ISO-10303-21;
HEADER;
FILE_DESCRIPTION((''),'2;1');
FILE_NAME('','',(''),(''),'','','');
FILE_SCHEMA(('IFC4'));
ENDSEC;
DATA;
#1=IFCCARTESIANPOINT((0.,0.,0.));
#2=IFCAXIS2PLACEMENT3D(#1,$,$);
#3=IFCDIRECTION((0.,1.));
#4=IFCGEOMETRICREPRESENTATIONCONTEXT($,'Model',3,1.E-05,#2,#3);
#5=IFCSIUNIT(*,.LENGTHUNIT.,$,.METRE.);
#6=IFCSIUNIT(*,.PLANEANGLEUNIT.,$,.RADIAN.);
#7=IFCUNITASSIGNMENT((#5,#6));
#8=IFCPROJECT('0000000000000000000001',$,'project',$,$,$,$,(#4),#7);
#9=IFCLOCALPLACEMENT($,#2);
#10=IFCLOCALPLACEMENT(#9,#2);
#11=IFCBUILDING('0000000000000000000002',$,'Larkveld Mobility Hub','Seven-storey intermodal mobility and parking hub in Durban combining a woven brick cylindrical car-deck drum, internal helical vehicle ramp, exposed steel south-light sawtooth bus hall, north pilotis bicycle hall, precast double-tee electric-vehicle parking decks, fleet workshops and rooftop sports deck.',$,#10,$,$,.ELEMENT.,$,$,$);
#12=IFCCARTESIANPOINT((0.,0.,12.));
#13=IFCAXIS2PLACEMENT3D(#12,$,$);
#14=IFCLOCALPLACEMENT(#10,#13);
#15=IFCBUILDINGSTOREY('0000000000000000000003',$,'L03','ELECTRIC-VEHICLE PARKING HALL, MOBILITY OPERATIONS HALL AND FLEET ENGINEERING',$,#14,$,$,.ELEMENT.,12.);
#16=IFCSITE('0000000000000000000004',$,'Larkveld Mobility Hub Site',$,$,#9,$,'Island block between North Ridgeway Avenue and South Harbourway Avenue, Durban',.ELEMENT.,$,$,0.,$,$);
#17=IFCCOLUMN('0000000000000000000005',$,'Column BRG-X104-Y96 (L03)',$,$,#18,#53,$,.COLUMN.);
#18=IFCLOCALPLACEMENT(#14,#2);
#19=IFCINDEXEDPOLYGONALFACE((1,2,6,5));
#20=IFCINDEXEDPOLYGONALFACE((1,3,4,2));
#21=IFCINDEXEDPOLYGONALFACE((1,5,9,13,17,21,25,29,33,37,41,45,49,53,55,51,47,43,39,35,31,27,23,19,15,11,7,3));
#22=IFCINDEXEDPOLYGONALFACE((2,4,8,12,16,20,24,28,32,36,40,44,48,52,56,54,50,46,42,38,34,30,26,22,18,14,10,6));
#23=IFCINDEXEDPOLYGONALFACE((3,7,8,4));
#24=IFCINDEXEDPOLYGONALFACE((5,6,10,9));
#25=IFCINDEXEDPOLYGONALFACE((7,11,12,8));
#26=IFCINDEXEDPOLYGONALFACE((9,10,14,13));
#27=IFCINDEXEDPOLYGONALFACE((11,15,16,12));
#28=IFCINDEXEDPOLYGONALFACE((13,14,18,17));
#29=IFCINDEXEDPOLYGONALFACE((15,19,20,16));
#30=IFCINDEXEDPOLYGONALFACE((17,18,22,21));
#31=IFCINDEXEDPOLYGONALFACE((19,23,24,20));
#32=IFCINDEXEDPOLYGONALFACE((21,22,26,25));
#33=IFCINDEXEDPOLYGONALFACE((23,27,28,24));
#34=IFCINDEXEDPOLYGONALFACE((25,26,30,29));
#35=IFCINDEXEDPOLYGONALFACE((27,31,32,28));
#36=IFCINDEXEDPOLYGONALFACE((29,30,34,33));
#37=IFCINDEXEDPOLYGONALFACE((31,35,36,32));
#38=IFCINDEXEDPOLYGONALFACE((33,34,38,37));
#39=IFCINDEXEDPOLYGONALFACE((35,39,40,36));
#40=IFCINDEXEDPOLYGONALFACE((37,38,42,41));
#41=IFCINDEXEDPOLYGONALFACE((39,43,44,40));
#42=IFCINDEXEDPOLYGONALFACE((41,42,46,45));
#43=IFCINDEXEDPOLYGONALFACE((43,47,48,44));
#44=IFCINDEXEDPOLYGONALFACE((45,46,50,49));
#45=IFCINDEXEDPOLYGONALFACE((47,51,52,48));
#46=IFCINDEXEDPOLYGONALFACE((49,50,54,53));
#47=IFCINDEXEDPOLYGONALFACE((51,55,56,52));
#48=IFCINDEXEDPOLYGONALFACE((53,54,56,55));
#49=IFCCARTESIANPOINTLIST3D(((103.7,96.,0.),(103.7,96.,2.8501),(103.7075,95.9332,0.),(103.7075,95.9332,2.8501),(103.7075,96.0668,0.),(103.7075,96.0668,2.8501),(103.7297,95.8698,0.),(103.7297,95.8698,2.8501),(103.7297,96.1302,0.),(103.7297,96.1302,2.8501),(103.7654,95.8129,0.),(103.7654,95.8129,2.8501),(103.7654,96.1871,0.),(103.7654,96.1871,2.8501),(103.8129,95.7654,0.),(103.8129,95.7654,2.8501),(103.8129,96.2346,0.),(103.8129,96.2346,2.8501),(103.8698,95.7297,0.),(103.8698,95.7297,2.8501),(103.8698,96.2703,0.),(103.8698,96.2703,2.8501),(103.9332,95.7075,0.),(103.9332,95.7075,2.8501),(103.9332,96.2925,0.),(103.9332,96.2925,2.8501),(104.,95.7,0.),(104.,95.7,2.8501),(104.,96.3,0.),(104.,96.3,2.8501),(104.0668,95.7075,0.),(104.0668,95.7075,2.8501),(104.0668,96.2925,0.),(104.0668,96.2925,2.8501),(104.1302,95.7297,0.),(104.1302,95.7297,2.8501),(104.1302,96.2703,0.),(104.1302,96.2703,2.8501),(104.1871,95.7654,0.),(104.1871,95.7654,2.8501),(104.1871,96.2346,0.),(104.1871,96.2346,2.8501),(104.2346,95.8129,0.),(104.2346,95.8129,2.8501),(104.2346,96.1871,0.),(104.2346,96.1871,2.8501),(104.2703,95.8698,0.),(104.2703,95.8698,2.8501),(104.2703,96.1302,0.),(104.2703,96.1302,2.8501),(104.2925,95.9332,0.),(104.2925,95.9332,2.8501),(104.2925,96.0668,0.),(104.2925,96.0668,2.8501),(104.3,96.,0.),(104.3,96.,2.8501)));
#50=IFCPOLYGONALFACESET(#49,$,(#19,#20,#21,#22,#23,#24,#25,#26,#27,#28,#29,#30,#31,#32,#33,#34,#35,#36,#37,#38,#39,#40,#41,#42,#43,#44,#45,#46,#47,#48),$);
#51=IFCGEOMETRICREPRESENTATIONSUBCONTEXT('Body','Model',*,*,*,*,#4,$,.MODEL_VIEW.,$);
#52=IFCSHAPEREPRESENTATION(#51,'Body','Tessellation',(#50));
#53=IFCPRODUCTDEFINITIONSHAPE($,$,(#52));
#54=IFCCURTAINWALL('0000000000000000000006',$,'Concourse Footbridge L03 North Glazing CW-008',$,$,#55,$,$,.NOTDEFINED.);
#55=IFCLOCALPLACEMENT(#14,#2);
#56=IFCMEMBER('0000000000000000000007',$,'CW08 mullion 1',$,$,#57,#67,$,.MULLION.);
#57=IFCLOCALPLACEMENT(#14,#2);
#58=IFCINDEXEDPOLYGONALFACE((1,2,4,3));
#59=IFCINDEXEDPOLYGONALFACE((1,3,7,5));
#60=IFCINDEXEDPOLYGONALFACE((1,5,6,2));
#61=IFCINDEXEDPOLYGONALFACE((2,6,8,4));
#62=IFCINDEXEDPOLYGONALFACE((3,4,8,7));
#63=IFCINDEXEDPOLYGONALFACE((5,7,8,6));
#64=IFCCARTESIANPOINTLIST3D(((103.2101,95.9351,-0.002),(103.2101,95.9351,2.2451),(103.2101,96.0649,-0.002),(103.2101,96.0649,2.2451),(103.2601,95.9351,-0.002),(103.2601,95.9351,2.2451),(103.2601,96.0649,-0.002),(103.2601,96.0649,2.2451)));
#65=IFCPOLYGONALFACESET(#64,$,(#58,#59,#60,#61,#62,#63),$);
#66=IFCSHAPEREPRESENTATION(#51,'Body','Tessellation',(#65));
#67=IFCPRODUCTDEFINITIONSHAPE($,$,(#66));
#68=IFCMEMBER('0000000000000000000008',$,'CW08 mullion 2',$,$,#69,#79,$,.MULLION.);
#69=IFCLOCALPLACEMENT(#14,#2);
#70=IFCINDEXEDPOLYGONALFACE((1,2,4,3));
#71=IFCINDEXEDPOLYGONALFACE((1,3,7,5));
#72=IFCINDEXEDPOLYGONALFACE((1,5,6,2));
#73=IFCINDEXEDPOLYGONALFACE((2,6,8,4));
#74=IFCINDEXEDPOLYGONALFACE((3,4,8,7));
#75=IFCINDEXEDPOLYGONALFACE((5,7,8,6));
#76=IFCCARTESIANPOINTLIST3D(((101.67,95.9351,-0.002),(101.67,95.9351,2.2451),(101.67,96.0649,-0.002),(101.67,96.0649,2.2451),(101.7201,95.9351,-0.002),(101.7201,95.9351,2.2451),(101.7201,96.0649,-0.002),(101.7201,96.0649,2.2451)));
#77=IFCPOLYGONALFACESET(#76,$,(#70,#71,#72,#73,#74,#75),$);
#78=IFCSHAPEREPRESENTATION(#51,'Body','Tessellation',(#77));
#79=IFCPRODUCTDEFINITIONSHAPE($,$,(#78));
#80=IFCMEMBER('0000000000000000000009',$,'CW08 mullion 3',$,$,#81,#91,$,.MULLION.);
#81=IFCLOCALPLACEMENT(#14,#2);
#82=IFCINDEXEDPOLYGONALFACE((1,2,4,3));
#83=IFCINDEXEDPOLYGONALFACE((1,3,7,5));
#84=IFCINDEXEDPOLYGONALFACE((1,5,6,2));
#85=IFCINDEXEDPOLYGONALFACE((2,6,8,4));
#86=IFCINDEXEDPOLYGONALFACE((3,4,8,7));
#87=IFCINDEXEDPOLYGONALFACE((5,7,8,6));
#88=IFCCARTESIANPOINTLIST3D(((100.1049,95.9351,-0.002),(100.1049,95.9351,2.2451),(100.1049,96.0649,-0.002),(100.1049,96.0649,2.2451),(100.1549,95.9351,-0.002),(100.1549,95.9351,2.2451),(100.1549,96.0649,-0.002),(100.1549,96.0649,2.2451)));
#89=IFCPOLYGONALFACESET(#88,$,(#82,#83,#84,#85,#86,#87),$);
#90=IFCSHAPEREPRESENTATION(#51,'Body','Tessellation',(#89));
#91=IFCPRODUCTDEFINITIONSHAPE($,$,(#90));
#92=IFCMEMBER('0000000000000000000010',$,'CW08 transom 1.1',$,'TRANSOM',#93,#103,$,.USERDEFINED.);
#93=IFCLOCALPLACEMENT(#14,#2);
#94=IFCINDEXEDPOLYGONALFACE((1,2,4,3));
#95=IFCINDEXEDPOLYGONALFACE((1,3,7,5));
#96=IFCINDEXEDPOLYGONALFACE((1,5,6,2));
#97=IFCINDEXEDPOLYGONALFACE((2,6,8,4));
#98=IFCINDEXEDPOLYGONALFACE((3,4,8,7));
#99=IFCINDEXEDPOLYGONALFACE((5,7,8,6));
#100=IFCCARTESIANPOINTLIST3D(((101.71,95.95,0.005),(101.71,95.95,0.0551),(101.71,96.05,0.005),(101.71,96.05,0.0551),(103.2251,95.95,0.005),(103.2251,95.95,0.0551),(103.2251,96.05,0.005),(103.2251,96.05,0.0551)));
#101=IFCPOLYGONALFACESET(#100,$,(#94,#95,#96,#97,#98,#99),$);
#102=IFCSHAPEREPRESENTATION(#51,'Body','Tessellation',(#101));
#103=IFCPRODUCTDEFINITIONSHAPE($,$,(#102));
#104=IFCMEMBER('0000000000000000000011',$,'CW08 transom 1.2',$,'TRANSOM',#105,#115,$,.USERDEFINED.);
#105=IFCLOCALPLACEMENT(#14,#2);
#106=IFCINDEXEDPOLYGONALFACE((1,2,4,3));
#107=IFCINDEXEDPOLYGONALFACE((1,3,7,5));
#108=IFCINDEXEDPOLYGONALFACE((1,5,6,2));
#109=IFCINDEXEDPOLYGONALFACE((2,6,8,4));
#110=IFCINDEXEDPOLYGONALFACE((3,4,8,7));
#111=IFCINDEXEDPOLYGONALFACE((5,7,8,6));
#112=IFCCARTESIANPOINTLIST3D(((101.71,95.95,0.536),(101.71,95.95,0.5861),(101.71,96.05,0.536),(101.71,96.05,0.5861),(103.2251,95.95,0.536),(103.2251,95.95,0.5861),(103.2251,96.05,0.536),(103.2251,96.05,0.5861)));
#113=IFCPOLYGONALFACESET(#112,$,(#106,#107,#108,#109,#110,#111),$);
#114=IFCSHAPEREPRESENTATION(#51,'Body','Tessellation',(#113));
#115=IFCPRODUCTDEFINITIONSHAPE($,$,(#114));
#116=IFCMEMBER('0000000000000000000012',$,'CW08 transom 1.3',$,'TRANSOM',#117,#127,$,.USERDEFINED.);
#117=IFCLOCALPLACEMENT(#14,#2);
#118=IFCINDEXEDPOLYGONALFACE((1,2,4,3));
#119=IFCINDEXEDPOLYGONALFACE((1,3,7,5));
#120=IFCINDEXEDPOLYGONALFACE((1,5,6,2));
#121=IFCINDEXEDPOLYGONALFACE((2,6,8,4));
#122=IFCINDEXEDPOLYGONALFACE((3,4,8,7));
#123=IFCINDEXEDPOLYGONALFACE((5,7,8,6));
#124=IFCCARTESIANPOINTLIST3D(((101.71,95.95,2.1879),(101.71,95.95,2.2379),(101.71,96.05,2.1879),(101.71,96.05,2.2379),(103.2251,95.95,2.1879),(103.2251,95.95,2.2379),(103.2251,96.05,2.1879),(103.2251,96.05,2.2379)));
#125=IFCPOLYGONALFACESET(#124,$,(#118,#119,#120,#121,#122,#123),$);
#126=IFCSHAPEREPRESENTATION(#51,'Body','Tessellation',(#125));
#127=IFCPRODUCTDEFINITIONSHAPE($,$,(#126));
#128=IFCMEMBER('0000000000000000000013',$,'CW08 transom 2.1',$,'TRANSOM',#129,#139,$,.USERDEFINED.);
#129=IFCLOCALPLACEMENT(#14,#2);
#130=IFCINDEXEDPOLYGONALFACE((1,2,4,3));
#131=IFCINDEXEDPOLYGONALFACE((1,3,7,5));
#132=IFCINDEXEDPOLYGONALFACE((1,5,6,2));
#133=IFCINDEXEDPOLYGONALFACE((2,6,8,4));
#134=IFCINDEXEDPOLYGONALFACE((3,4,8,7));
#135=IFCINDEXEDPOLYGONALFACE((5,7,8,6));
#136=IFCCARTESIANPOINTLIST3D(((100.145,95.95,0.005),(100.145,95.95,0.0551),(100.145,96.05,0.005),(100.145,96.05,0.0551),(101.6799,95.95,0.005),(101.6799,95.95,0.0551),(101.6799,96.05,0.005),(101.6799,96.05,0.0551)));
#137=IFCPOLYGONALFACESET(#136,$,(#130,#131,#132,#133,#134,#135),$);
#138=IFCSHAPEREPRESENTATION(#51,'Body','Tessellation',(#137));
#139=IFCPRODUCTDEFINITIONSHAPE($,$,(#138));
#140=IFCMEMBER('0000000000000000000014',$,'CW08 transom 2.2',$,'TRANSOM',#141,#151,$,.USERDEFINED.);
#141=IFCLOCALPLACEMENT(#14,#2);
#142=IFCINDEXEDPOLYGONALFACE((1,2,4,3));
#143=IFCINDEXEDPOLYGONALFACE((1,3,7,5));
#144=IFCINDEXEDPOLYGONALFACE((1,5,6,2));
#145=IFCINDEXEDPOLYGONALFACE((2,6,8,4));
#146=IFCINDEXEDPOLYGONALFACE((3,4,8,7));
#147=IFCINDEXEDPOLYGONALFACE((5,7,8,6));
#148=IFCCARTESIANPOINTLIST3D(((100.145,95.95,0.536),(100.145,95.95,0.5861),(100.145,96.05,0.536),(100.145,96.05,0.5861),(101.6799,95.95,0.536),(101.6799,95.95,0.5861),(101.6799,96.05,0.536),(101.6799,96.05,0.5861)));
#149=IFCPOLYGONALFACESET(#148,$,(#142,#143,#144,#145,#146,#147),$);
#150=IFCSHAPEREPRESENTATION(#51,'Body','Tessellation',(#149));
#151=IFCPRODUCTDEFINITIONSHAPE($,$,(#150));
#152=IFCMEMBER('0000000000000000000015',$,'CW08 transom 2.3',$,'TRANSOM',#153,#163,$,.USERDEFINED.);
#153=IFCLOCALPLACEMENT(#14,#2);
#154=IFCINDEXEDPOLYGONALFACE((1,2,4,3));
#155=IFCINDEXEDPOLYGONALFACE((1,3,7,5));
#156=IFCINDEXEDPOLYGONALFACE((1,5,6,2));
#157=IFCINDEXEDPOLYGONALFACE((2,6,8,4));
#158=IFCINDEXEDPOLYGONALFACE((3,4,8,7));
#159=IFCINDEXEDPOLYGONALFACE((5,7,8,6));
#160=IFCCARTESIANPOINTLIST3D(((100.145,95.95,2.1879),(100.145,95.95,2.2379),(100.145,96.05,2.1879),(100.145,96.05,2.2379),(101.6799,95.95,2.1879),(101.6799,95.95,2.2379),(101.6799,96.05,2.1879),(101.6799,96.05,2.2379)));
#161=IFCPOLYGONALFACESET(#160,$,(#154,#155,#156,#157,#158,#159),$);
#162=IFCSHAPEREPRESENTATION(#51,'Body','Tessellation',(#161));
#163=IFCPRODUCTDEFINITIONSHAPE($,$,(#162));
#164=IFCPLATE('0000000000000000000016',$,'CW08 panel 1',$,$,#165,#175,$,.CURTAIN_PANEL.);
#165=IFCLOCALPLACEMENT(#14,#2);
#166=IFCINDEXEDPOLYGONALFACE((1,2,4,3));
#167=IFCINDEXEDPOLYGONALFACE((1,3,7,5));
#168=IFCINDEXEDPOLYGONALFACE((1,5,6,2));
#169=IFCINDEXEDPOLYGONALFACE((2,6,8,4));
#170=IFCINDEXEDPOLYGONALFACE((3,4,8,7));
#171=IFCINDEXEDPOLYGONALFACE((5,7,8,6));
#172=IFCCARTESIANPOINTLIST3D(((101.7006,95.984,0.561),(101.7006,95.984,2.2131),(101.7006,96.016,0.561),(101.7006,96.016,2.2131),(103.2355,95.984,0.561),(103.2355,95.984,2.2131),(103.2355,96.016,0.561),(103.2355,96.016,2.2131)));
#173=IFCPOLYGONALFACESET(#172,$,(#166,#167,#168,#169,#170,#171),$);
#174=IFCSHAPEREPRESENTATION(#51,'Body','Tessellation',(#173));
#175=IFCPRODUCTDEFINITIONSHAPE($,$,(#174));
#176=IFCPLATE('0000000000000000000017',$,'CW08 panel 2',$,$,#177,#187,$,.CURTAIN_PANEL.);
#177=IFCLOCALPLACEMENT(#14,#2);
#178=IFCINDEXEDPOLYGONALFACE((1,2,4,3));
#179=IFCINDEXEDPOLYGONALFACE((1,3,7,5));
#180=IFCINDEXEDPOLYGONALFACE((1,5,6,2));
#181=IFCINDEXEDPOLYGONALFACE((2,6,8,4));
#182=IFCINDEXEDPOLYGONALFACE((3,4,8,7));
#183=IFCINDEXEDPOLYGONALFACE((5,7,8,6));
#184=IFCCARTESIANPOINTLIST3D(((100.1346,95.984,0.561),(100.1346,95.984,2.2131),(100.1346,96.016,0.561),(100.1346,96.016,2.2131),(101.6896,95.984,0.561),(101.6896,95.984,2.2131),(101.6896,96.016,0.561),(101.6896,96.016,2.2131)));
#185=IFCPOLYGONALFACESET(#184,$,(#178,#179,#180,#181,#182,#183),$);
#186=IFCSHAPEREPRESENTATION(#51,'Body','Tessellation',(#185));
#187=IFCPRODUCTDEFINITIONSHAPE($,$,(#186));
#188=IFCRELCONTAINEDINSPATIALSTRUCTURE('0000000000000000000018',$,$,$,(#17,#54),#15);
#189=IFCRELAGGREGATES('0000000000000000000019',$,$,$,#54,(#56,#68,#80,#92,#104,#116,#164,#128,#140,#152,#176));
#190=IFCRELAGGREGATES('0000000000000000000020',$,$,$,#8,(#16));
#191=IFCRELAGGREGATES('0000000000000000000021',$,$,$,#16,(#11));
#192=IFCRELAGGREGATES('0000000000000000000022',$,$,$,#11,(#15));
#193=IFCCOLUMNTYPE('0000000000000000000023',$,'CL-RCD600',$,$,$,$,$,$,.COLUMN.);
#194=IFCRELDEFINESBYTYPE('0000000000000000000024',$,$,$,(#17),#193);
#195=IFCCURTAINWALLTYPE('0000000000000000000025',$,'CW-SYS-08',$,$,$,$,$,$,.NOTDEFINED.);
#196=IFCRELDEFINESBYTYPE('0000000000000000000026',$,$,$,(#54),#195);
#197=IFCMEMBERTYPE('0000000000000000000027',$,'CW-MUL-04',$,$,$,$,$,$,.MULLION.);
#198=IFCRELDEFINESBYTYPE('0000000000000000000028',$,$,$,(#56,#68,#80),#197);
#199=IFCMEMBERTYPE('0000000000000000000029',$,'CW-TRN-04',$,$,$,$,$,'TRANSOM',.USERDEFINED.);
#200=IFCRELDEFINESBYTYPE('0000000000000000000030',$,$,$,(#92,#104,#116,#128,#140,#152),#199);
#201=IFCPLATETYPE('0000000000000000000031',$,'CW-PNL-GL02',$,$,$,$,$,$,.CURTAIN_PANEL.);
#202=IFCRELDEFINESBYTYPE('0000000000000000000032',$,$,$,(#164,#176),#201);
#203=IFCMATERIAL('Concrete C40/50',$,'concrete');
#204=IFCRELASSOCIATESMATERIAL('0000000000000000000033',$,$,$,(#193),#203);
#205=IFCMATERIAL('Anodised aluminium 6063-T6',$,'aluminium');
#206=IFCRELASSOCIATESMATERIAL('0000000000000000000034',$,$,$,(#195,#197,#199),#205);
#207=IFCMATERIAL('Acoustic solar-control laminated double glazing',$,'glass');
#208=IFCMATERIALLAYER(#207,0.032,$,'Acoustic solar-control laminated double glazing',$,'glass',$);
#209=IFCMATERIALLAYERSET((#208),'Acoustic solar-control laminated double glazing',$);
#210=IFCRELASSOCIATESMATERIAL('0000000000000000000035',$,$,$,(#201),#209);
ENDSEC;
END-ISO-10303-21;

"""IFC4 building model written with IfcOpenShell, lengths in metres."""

from ifc_helpers import new_model, si_unit, direction, frame, origin, origin_2d, place, context, subcontext, project, spatial, rectangle, circle, extrude, material, layer, layer_set, material_profile, profile_set, type_object, element, aggregate, save


model = new_model("IFC4")

# Units and contexts
model_context = context("Model", 3, precision=1e-05, world=origin(), true_north=direction((0.0, 1.0)))
body_context = subcontext(model_context, "Body", "Model", "MODEL_VIEW")
ifc_project = project(units=[si_unit("LENGTHUNIT", "METRE"), si_unit("PLANEANGLEUNIT", "RADIAN")], contexts=[model_context])

# Site, building, storey
site_placement = place(None, origin())
site = spatial("IfcSite", under=ifc_project, at=site_placement, Name="Larkveld Mobility Hub Site", LongName="Island block between North Ridgeway Avenue and South Harbourway Avenue, Durban", CompositionType="ELEMENT", RefElevation=0.0)
building_placement = place(site_placement, origin())
building = spatial("IfcBuilding", under=site, at=building_placement, Name="Larkveld Mobility Hub", Description="Seven-storey intermodal mobility and parking hub in Durban combining a woven brick cylindrical car-deck drum, internal helical vehicle ramp, exposed steel south-light sawtooth bus hall, north pilotis bicycle hall, precast double-tee electric-vehicle parking decks, fleet workshops and rooftop sports deck.", CompositionType="ELEMENT")
storey_placement = place(building_placement, frame((0.0, 0.0, 12.0)))
storey = spatial("IfcBuildingStorey", under=building, at=storey_placement, Name="L03", Description="ELECTRIC-VEHICLE PARKING HALL, MOBILITY OPERATIONS HALL AND FLEET ENGINEERING", CompositionType="ELEMENT", Elevation=12.0)

# Column
ifc_material_1 = material(Name="Concrete C40/50", Category="concrete")
ifc_material_profile_1 = material_profile(ifc_material_1, circle(Radius=0.3, at=origin_2d()), Name="RC COL D600")
ifc_profile_set_1 = profile_set([ifc_material_profile_1], Name="Concrete C40/50")
column_type = type_object("IfcColumnType", Name="CL-RCD600", PredefinedType="COLUMN", material=ifc_profile_set_1)
column_placement = place(storey_placement, frame((104.0, 96.0, 0.0), z_axis=(0.0, 0.0, 1.0), x_axis=(1.0, 0.0, 0.0)))
element("IfcColumn", 1, at=column_placement, inside=storey, type_object=column_type, Name="Column BRG-X104-Y96 (L03)", PredefinedType="COLUMN", context=body_context, shape_type="SweptSolid", body=[
    extrude(circle(Radius=0.3, at=origin_2d()), origin(), (0.0, 0.0, 1.0), 2.8501),
])

# Curtain wall, members, plates
ifc_material_2 = material(Name="Anodised aluminium 6063-T6", Category="aluminium")
curtain_wall_type = type_object("IfcCurtainWallType", Name="CW-SYS-08", PredefinedType="NOTDEFINED", material=ifc_material_2)
curtain_wall_placement = place(storey_placement, origin())
curtain_wall = element("IfcCurtainWall", 2, at=curtain_wall_placement, inside=storey, type_object=curtain_wall_type, Name="Concourse Footbridge L03 North Glazing CW-008", PredefinedType="NOTDEFINED")
ifc_material_profile_2 = material_profile(ifc_material_2, rectangle(XDim=0.05, YDim=0.1299, at=origin_2d()), Name="ALU MULL 50x130")
ifc_profile_set_2 = profile_set([ifc_material_profile_2], Name="Anodised aluminium 6063-T6")
member_type_1 = type_object("IfcMemberType", Name="CW-MUL-04", PredefinedType="MULLION", material=ifc_profile_set_2)
member_1_placement = place(storey_placement, frame((103.2351, 96.0, -0.002), z_axis=(0.0, 0.0, 1.0), x_axis=(-1.0, 0.0, 0.0)))
member_1 = element("IfcMember", 3, at=member_1_placement, type_object=member_type_1, Name="CW08 mullion 1", PredefinedType="MULLION", context=body_context, shape_type="SweptSolid", body=[
    extrude(rectangle(XDim=0.05, YDim=0.1299, at=origin_2d()), origin(), (0.0, 0.0, 1.0), 2.2471),
])
member_2_placement = place(storey_placement, frame((101.6951, 96.0, -0.002), z_axis=(0.0, 0.0, 1.0), x_axis=(-1.0, 0.0, 0.0)))
member_2 = element("IfcMember", 4, at=member_2_placement, type_object=member_type_1, Name="CW08 mullion 2", PredefinedType="MULLION", context=body_context, shape_type="SweptSolid", body=[
    extrude(rectangle(XDim=0.05, YDim=0.1299, at=origin_2d()), origin(), (0.0, 0.0, 1.0), 2.2471),
])
member_3_placement = place(storey_placement, frame((100.1299, 96.0, -0.002), z_axis=(0.0, 0.0, 1.0), x_axis=(-1.0, 0.0, 0.0)))
member_3 = element("IfcMember", 5, at=member_3_placement, type_object=member_type_1, Name="CW08 mullion 3", PredefinedType="MULLION", context=body_context, shape_type="SweptSolid", body=[
    extrude(rectangle(XDim=0.05, YDim=0.1299, at=origin_2d()), origin(), (0.0, 0.0, 1.0), 2.2471),
])
ifc_material_profile_3 = material_profile(ifc_material_2, rectangle(XDim=0.1001, YDim=0.05, at=origin_2d()), Name="ALU TRAN 50x100")
ifc_profile_set_3 = profile_set([ifc_material_profile_3], Name="Anodised aluminium 6063-T6")
member_type_2 = type_object("IfcMemberType", Name="CW-TRN-04", ElementType="TRANSOM", PredefinedType="USERDEFINED", material=ifc_profile_set_3)
member_4_placement = place(storey_placement, frame((103.2251, 96.0, 0.03), z_axis=(-1.0, 0.0, 0.0), x_axis=(0.0, -1.0, 0.0)))
member_4 = element("IfcMember", 6, at=member_4_placement, type_object=member_type_2, Name="CW08 transom 1.1", ObjectType="TRANSOM", PredefinedType="USERDEFINED", context=body_context, shape_type="SweptSolid", body=[
    extrude(rectangle(XDim=0.1001, YDim=0.05, at=origin_2d()), origin(), (0.0, 0.0, 1.0), 1.5151),
])
member_5_placement = place(storey_placement, frame((103.2251, 96.0, 0.561), z_axis=(-1.0, 0.0, 0.0), x_axis=(0.0, -1.0, 0.0)))
member_5 = element("IfcMember", 7, at=member_5_placement, type_object=member_type_2, Name="CW08 transom 1.2", ObjectType="TRANSOM", PredefinedType="USERDEFINED", context=body_context, shape_type="SweptSolid", body=[
    extrude(rectangle(XDim=0.1001, YDim=0.05, at=origin_2d()), origin(), (0.0, 0.0, 1.0), 1.5151),
])
member_6_placement = place(storey_placement, frame((103.2251, 96.0, 2.2129), z_axis=(-1.0, 0.0, 0.0), x_axis=(0.0, -1.0, 0.0)))
member_6 = element("IfcMember", 8, at=member_6_placement, type_object=member_type_2, Name="CW08 transom 1.3", ObjectType="TRANSOM", PredefinedType="USERDEFINED", context=body_context, shape_type="SweptSolid", body=[
    extrude(rectangle(XDim=0.1001, YDim=0.05, at=origin_2d()), origin(), (0.0, 0.0, 1.0), 1.5151),
])
member_7_placement = place(storey_placement, frame((101.6799, 96.0, 0.03), z_axis=(-1.0, 0.0, 0.0), x_axis=(0.0, -1.0, 0.0)))
member_7 = element("IfcMember", 9, at=member_7_placement, type_object=member_type_2, Name="CW08 transom 2.1", ObjectType="TRANSOM", PredefinedType="USERDEFINED", context=body_context, shape_type="SweptSolid", body=[
    extrude(rectangle(XDim=0.1001, YDim=0.05, at=origin_2d()), origin(), (0.0, 0.0, 1.0), 1.5349),
])
member_8_placement = place(storey_placement, frame((101.6799, 96.0, 0.561), z_axis=(-1.0, 0.0, 0.0), x_axis=(0.0, -1.0, 0.0)))
member_8 = element("IfcMember", 10, at=member_8_placement, type_object=member_type_2, Name="CW08 transom 2.2", ObjectType="TRANSOM", PredefinedType="USERDEFINED", context=body_context, shape_type="SweptSolid", body=[
    extrude(rectangle(XDim=0.1001, YDim=0.05, at=origin_2d()), origin(), (0.0, 0.0, 1.0), 1.5349),
])
member_9_placement = place(storey_placement, frame((101.6799, 96.0, 2.2129), z_axis=(-1.0, 0.0, 0.0), x_axis=(0.0, -1.0, 0.0)))
member_9 = element("IfcMember", 11, at=member_9_placement, type_object=member_type_2, Name="CW08 transom 2.3", ObjectType="TRANSOM", PredefinedType="USERDEFINED", context=body_context, shape_type="SweptSolid", body=[
    extrude(rectangle(XDim=0.1001, YDim=0.05, at=origin_2d()), origin(), (0.0, 0.0, 1.0), 1.5349),
])
ifc_material_3 = material(Name="Acoustic solar-control laminated double glazing", Category="glass")
ifc_layer_1 = layer(ifc_material_3, 0.032, Name="Acoustic solar-control laminated double glazing", Category="glass")
ifc_layer_set_1 = layer_set([ifc_layer_1], Name="Acoustic solar-control laminated double glazing")
plate_type_1 = type_object("IfcPlateType", Name="CW-PNL-GL02", PredefinedType="CURTAIN_PANEL", material=ifc_layer_set_1)
plate_1_placement = place(storey_placement, frame((102.468, 96.0, 0.561), z_axis=(0.0, 0.0, 1.0), x_axis=(-1.0, 0.0, 0.0)))
plate_1 = element("IfcPlate", 12, at=plate_1_placement, type_object=plate_type_1, Name="CW08 panel 1", PredefinedType="CURTAIN_PANEL", context=body_context, shape_type="SweptSolid", body=[
    extrude(rectangle(XDim=1.5349, YDim=0.032, at=origin_2d()), origin(), (0.0, 0.0, 1.0), 1.6521),
])
plate_2_placement = place(storey_placement, frame((100.9121, 96.0, 0.561), z_axis=(0.0, 0.0, 1.0), x_axis=(-1.0, 0.0, 0.0)))
plate_2 = element("IfcPlate", 13, at=plate_2_placement, type_object=plate_type_1, Name="CW08 panel 2", PredefinedType="CURTAIN_PANEL", context=body_context, shape_type="SweptSolid", body=[
    extrude(rectangle(XDim=1.5549, YDim=0.032, at=origin_2d()), origin(), (0.0, 0.0, 1.0), 1.6521),
])
aggregate(curtain_wall, [member_1, member_2, member_3, member_4, member_5, member_6, plate_1, member_7, member_8, member_9, plate_2])

save(model, "model.ifc")
